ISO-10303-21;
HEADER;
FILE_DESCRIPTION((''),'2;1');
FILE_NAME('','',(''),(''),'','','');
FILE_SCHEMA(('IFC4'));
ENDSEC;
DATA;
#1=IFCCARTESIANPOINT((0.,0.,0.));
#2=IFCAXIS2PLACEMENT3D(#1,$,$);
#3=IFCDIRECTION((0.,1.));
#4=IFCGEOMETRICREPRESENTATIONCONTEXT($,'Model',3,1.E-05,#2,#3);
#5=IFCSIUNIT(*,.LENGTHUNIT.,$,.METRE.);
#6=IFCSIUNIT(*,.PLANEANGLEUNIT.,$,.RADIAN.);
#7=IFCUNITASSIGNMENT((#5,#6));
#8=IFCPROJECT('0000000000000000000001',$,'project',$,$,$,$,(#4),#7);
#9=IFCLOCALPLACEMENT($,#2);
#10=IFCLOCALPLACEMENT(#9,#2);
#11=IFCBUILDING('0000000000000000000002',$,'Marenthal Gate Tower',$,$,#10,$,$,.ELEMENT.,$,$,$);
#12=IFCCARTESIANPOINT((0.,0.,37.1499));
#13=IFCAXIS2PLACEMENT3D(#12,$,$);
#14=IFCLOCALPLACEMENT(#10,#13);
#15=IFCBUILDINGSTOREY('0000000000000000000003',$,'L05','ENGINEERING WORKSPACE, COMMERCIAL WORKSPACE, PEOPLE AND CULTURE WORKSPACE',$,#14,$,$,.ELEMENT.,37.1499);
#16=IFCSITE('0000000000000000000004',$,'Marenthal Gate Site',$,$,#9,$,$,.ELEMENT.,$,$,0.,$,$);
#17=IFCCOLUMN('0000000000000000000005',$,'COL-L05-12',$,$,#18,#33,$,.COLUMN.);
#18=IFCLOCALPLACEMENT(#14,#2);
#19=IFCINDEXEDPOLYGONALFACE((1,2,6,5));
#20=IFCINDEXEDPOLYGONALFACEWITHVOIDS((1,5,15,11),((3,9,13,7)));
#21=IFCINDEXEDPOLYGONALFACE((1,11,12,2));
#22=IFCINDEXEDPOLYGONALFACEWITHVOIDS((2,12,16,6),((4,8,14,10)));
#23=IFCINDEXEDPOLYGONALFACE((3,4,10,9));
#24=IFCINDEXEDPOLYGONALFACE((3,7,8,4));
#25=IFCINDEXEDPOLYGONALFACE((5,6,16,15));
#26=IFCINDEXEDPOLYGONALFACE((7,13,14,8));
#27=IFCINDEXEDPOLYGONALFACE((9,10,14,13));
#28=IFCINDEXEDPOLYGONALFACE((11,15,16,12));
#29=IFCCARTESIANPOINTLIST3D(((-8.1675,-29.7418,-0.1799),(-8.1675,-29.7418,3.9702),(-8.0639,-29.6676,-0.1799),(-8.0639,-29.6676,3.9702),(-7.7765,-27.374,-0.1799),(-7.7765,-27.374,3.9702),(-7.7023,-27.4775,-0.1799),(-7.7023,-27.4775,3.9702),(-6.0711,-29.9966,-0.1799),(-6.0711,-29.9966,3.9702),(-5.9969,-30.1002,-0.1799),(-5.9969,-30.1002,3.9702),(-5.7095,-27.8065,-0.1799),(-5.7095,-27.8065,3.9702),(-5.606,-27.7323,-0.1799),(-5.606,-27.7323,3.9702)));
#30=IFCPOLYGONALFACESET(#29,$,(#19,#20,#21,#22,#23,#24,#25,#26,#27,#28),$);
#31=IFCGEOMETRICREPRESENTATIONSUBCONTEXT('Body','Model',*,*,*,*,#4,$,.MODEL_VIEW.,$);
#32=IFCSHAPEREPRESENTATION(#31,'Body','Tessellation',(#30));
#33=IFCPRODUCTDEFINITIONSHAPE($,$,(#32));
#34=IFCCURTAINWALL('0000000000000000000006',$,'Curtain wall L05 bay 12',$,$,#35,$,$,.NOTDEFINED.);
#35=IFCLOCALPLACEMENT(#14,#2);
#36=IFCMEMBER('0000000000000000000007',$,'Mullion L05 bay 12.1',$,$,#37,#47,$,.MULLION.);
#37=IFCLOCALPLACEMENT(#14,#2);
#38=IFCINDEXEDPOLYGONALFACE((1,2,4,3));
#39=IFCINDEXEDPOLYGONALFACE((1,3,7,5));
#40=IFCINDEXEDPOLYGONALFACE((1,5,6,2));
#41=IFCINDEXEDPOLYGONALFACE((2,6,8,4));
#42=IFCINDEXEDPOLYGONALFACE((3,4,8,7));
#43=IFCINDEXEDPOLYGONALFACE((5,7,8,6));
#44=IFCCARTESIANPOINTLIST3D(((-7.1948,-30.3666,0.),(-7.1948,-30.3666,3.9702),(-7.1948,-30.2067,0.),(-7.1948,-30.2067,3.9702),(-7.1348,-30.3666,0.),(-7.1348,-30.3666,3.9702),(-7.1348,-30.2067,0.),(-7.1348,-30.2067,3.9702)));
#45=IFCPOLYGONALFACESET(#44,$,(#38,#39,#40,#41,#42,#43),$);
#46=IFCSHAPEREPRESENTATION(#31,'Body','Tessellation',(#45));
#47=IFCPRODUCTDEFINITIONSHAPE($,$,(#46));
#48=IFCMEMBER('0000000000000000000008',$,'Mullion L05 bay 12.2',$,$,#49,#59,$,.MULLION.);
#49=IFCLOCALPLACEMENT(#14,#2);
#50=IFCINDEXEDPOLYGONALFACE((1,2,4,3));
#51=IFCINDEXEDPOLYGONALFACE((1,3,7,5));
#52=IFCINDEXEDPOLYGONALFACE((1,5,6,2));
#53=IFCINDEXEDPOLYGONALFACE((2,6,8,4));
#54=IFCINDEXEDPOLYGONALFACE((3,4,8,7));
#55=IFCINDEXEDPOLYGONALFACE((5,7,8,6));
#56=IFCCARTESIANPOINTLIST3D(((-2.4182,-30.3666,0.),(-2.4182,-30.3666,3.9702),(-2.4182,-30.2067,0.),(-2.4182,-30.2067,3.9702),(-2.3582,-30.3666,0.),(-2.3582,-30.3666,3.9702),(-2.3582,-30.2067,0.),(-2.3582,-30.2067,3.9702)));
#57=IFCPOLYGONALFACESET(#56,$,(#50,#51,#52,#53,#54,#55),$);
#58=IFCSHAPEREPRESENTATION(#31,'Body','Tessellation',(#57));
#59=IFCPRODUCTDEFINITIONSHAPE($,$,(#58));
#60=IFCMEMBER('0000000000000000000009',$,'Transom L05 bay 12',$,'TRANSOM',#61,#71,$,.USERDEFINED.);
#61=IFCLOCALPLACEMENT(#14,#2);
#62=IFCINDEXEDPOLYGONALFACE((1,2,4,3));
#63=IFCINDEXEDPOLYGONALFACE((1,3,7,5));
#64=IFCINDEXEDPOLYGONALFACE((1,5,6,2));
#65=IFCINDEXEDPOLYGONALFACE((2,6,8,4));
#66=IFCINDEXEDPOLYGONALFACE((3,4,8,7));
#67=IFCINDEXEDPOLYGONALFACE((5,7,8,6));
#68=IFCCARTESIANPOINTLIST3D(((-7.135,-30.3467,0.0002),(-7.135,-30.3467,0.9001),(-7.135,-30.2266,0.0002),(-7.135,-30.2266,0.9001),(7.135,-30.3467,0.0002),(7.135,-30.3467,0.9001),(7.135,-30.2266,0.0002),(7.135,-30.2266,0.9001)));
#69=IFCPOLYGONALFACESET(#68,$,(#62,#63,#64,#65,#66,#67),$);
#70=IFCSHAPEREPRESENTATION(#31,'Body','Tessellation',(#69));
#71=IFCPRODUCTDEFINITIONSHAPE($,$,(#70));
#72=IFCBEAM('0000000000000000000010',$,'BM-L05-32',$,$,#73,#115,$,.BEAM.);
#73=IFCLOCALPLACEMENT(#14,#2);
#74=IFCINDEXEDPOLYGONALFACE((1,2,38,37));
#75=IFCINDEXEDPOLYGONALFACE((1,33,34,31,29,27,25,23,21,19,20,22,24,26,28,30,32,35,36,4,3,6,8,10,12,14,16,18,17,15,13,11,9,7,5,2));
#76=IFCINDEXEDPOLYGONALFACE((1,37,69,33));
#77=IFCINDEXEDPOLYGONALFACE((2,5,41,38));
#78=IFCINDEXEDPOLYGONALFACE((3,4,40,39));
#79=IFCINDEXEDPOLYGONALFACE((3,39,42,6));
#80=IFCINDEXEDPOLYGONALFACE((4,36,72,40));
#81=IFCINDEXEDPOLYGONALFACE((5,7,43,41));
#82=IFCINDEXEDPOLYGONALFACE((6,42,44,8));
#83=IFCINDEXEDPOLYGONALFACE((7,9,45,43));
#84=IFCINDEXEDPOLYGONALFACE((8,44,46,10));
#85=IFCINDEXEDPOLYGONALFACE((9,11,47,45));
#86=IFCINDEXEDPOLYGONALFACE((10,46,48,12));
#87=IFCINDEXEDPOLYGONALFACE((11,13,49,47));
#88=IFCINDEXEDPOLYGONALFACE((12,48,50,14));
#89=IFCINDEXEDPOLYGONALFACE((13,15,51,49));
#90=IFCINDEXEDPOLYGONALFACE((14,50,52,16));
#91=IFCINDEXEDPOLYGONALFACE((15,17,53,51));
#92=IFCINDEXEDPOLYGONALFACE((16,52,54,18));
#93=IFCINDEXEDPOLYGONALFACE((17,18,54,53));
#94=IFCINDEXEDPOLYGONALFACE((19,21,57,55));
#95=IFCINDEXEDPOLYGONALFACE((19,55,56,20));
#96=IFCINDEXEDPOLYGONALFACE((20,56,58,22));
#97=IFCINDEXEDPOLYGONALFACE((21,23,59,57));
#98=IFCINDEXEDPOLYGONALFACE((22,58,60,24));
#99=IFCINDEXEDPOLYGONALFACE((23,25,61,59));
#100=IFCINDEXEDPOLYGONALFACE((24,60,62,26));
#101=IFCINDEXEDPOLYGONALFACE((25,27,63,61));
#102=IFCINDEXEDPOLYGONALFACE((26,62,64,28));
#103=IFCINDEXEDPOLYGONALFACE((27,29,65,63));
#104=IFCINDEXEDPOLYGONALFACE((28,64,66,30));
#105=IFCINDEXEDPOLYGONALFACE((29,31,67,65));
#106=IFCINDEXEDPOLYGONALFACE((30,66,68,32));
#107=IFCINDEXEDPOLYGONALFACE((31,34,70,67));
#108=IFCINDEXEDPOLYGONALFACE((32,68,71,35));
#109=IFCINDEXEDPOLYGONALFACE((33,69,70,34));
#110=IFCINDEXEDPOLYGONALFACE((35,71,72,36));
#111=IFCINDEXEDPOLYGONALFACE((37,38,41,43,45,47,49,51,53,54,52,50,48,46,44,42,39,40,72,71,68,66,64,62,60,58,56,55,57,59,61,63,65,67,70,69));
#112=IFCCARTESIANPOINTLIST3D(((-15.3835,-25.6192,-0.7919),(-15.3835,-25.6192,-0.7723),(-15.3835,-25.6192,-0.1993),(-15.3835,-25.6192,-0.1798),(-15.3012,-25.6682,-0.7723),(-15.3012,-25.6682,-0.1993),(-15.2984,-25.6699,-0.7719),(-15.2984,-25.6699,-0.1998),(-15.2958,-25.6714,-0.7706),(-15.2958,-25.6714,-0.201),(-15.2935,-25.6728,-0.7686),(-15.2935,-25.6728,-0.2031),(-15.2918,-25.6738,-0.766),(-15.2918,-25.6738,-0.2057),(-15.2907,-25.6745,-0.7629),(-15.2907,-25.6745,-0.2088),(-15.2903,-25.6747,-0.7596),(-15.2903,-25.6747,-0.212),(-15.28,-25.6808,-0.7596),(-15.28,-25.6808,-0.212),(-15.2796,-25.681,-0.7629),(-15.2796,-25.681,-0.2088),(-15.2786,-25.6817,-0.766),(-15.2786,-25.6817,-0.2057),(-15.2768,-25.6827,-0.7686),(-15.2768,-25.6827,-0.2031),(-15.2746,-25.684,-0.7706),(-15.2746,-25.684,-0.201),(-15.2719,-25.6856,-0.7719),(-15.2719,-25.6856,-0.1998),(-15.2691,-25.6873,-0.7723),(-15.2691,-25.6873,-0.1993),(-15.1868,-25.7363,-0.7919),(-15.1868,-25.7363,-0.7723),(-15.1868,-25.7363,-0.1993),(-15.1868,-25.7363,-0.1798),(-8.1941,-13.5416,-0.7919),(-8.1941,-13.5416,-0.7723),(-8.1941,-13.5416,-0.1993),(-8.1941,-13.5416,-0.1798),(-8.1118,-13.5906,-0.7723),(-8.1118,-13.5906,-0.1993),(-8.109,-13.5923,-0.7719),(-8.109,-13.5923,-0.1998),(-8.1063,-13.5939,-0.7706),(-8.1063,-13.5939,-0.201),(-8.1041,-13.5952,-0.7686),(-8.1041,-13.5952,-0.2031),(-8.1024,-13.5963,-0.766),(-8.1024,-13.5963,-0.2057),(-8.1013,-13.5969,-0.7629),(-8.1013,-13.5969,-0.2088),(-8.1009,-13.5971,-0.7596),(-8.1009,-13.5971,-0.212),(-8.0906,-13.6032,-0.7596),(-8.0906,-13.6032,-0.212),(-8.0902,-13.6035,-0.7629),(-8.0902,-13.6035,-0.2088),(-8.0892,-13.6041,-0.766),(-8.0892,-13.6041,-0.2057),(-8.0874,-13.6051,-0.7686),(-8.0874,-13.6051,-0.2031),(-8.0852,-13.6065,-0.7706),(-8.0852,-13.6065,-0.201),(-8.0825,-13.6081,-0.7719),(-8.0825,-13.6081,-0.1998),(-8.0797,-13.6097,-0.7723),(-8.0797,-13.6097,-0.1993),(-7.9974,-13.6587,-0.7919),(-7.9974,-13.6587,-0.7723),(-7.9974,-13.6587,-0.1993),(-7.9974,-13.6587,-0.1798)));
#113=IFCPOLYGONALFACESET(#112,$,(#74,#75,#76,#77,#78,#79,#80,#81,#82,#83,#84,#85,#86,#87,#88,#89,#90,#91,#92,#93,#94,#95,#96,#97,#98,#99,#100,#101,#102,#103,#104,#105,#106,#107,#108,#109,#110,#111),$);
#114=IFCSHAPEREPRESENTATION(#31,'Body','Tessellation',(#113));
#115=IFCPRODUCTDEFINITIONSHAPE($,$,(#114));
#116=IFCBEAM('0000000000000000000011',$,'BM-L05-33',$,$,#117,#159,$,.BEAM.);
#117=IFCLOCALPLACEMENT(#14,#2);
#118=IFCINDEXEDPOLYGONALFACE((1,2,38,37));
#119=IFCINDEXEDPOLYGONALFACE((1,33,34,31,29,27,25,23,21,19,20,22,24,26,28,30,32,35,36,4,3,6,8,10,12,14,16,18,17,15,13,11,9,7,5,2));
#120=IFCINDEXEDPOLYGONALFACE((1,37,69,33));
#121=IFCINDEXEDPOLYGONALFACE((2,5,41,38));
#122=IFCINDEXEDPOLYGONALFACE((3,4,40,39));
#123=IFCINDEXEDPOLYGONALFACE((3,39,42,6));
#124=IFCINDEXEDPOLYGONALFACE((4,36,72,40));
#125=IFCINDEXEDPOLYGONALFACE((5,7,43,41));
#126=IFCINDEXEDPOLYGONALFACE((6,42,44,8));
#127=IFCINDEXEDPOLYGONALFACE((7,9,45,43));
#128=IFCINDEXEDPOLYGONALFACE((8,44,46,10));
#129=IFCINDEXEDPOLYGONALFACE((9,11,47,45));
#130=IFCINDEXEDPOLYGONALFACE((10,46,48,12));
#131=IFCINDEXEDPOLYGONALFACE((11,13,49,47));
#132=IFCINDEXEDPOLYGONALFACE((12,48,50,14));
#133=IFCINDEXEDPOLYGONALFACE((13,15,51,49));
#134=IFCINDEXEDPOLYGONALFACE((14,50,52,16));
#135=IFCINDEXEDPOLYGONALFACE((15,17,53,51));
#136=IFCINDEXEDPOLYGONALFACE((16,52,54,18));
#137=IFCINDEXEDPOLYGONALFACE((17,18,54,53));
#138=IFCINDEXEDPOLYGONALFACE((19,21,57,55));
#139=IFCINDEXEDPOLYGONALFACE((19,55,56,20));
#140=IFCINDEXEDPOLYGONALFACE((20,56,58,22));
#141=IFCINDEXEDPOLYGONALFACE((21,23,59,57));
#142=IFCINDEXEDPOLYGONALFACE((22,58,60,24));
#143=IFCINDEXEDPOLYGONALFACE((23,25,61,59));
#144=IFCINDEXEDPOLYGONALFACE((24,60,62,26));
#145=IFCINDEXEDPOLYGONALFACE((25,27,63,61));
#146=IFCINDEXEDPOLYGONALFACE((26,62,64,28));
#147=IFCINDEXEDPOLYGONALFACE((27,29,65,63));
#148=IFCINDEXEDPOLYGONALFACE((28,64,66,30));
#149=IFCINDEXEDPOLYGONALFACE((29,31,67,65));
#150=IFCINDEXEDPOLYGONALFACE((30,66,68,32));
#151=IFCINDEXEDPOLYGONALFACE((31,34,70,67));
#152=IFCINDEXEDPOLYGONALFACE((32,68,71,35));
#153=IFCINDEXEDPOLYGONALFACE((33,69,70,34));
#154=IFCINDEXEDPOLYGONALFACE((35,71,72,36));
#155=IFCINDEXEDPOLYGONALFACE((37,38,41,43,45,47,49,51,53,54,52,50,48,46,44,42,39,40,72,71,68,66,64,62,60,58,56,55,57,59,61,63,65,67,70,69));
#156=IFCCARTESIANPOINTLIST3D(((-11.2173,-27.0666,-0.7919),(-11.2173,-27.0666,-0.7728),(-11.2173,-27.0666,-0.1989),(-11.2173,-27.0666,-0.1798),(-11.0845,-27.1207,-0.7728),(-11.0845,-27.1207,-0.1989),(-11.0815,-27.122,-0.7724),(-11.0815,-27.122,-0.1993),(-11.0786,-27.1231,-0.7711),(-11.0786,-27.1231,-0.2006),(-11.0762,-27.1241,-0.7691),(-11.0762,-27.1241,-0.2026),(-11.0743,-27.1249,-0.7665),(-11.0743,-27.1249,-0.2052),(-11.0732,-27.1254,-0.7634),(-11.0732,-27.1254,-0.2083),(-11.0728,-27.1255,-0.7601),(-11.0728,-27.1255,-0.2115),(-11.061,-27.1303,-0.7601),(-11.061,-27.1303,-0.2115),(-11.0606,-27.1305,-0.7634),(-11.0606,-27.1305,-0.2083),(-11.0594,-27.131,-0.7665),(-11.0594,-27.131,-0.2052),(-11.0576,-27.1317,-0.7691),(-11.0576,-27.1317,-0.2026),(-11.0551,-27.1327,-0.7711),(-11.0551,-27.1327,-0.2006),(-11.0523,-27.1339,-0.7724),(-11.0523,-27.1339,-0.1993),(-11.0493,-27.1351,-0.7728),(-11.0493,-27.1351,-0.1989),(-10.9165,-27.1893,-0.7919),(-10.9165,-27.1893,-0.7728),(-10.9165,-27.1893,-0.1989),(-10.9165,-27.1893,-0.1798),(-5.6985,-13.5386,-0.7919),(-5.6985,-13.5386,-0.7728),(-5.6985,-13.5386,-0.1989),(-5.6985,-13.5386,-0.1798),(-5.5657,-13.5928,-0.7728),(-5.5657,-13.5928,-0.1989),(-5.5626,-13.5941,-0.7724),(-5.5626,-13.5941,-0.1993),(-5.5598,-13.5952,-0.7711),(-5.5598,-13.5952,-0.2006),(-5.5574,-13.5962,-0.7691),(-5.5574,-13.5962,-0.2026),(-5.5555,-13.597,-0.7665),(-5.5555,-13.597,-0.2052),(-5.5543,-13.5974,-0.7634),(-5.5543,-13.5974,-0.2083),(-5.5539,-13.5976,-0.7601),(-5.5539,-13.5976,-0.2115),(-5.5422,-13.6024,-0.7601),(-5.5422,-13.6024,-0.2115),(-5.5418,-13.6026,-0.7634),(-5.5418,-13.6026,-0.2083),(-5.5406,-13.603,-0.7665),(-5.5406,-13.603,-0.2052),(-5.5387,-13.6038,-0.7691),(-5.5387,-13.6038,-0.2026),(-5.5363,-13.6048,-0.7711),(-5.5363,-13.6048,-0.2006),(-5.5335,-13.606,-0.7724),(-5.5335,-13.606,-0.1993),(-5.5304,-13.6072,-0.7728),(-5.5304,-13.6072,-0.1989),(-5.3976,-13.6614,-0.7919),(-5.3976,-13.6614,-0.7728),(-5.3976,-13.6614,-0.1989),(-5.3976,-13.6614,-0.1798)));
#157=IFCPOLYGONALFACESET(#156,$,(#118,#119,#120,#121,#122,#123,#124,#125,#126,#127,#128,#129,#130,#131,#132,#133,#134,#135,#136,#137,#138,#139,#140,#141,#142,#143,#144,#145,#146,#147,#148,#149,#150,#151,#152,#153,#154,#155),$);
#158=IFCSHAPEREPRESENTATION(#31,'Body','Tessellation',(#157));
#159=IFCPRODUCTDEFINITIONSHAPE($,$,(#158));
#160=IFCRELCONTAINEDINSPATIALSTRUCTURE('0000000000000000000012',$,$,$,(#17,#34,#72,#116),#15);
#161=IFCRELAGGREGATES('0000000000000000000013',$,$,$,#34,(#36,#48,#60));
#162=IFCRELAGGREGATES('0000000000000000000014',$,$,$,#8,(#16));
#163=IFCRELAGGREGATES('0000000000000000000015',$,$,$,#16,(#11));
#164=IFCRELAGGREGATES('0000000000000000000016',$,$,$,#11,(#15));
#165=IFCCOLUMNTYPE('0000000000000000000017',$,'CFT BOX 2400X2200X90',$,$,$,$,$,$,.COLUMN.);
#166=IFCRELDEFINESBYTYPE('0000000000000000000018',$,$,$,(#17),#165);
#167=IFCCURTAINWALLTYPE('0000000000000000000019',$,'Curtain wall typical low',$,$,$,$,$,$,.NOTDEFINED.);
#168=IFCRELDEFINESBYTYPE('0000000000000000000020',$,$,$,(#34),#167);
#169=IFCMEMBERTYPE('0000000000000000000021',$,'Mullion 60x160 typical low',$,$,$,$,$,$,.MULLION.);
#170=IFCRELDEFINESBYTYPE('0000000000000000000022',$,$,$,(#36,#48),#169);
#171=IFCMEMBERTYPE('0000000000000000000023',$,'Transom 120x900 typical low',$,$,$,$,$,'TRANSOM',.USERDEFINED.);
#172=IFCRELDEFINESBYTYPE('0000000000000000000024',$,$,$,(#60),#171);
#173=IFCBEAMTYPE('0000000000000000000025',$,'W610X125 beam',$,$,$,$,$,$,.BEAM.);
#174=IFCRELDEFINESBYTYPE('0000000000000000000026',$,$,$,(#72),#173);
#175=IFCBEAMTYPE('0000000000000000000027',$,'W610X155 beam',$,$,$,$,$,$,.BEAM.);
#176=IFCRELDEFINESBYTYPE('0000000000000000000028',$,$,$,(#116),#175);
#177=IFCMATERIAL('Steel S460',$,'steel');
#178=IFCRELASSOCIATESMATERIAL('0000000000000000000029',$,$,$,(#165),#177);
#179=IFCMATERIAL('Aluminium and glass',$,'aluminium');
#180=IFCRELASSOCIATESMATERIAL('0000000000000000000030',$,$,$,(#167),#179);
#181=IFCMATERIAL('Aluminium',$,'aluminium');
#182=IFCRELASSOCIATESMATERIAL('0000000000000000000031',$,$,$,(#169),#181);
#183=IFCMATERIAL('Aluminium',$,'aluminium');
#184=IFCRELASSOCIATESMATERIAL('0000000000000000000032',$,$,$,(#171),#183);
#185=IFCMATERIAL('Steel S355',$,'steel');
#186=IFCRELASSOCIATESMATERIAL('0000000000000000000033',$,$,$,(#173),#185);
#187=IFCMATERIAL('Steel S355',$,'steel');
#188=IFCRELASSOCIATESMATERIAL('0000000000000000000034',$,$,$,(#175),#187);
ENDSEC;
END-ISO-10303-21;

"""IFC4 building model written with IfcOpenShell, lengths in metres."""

from ifc_helpers import new_model, si_unit, direction, frame, origin, origin_2d, place, context, subcontext, project, spatial, rectangle, hollow_rectangle, i_section, extrude, material, material_profile, profile_set, type_object, element, aggregate, save


model = new_model("IFC4")

# Units and contexts
model_context = context("Model", 3, precision=1e-05, world=origin(), true_north=direction((0.0, 1.0)))
body_context = subcontext(model_context, "Body", "Model", "MODEL_VIEW")
ifc_project = project(units=[si_unit("LENGTHUNIT", "METRE"), si_unit("PLANEANGLEUNIT", "RADIAN")], contexts=[model_context])

# Site, building, storey
site_placement = place(None, origin())
site = spatial("IfcSite", under=ifc_project, at=site_placement, Name="Marenthal Gate Site", CompositionType="ELEMENT", RefElevation=0.0)
building_placement = place(site_placement, origin())
building = spatial("IfcBuilding", under=site, at=building_placement, Name="Marenthal Gate Tower", CompositionType="ELEMENT")
storey_placement = place(building_placement, frame((0.0, 0.0, 37.1499)))
storey = spatial("IfcBuildingStorey", under=building, at=storey_placement, Name="L05", Description="ENGINEERING WORKSPACE, COMMERCIAL WORKSPACE, PEOPLE AND CULTURE WORKSPACE", CompositionType="ELEMENT", Elevation=37.1499)

# Column
ifc_material_1 = material(Name="Steel S460", Category="steel")
ifc_material_profile_1 = material_profile(ifc_material_1, hollow_rectangle(XDim=2.2, YDim=2.3999, WallThickness=0.0901, at=origin_2d()), Name="CFT BOX 2400X2200X90")
ifc_material_2 = material(Name="Concrete 70 MPa", Category="concrete")
ifc_material_profile_2 = material_profile(ifc_material_2, rectangle(XDim=2.02, YDim=2.22, at=origin_2d()), Name="CFT BOX 2400X2200X90 INFILL")
ifc_profile_set_1 = profile_set([ifc_material_profile_1, ifc_material_profile_2], Name="Steel S460 shell, Concrete 70 MPa infill")
column_type = type_object("IfcColumnType", Name="CFT BOX 2400X2200X90", PredefinedType="COLUMN", material=ifc_profile_set_1)
column_placement = place(storey_placement, frame((-6.8867, -28.7371, -0.1799), z_axis=(0.0, 0.0, 1.0), x_axis=(-0.986643, 0.162897, 0.0)))
element("IfcColumn", 1, at=column_placement, inside=storey, type_object=column_type, Name="COL-L05-12", PredefinedType="COLUMN", context=body_context, shape_type="SweptSolid", body=[
    extrude(hollow_rectangle(XDim=2.2, YDim=2.3999, WallThickness=0.0901, at=origin_2d()), origin(), (0.0, 0.0, 1.0), 4.1501),
])

# Curtain wall, members
ifc_material_3 = material(Name="Aluminium and glass", Category="aluminium")
curtain_wall_type = type_object("IfcCurtainWallType", Name="Curtain wall typical low", PredefinedType="NOTDEFINED", material=ifc_material_3)
curtain_wall_placement = place(storey_placement, origin())
curtain_wall = element("IfcCurtainWall", 2, at=curtain_wall_placement, inside=storey, type_object=curtain_wall_type, Name="Curtain wall L05 bay 12", PredefinedType="NOTDEFINED")
ifc_material_4 = material(Name="Aluminium", Category="aluminium")
ifc_material_profile_3 = material_profile(ifc_material_4, rectangle(XDim=0.1599, YDim=0.0601, at=origin_2d()), Name="60x160 aluminium mullion")
ifc_profile_set_2 = profile_set([ifc_material_profile_3], Name="Aluminium")
member_type_1 = type_object("IfcMemberType", Name="Mullion 60x160 typical low", PredefinedType="MULLION", material=ifc_profile_set_2)
member_1_placement = place(storey_placement, frame((-7.1648, -30.2866, 0.0), z_axis=(0.0, 0.0, 1.0), x_axis=(0.0, 1.0, 0.0)))
member_1 = element("IfcMember", 3, at=member_1_placement, type_object=member_type_1, Name="Mullion L05 bay 12.1", PredefinedType="MULLION", context=body_context, shape_type="SweptSolid", body=[
    extrude(rectangle(XDim=0.1599, YDim=0.0601, at=origin_2d()), origin(), (0.0, 0.0, 1.0), 3.9702),
])
member_2_placement = place(storey_placement, frame((-2.3882, -30.2866, 0.0), z_axis=(0.0, 0.0, 1.0), x_axis=(0.0, 1.0, 0.0)))
member_2 = element("IfcMember", 4, at=member_2_placement, type_object=member_type_1, Name="Mullion L05 bay 12.2", PredefinedType="MULLION", context=body_context, shape_type="SweptSolid", body=[
    extrude(rectangle(XDim=0.1599, YDim=0.0601, at=origin_2d()), origin(), (0.0, 0.0, 1.0), 3.9702),
])
ifc_material_5 = material(Name="Aluminium", Category="aluminium")
ifc_material_profile_4 = material_profile(ifc_material_5, rectangle(XDim=0.1201, YDim=0.8999, at=origin_2d()), Name="120x900 aluminium transom")
ifc_profile_set_3 = profile_set([ifc_material_profile_4], Name="Aluminium")
member_type_2 = type_object("IfcMemberType", Name="Transom 120x900 typical low", ElementType="TRANSOM", PredefinedType="USERDEFINED", material=ifc_profile_set_3)
member_3_placement = place(storey_placement, frame((-7.135, -30.2866, 0.4502), z_axis=(1.0, 0.0, 0.0), x_axis=(0.0, 1.0, 0.0)))
member_3 = element("IfcMember", 5, at=member_3_placement, type_object=member_type_2, Name="Transom L05 bay 12", ObjectType="TRANSOM", PredefinedType="USERDEFINED", context=body_context, shape_type="SweptSolid", body=[
    extrude(rectangle(XDim=0.1201, YDim=0.8999, at=origin_2d()), origin(), (0.0, 0.0, 1.0), 14.27),
])

# Beams
ifc_material_6 = material(Name="Steel S355", Category="steel")
ifc_material_profile_5 = material_profile(ifc_material_6, i_section(OverallWidth=0.229, OverallDepth=0.6121, WebThickness=0.012, FlangeThickness=0.0195, FilletRadius=0.0127, at=origin_2d()), Name="W610X125")
ifc_profile_set_4 = profile_set([ifc_material_profile_5], Name="Steel S355")
beam_type_1 = type_object("IfcBeamType", Name="W610X125 beam", PredefinedType="BEAM", material=ifc_profile_set_4)
beam_1_placement = place(storey_placement, frame((-15.2852, -25.6777, -0.4858), z_axis=(0.511504, 0.859281, 0.0), x_axis=(-0.859281, 0.511504, 0.0)))
element("IfcBeam", 6, at=beam_1_placement, inside=storey, type_object=beam_type_1, Name="BM-L05-32", PredefinedType="BEAM", context=body_context, shape_type="SweptSolid", body=[
    extrude(i_section(OverallWidth=0.229, OverallDepth=0.6121, WebThickness=0.012, FlangeThickness=0.0195, FilletRadius=0.0127, at=origin_2d()), origin(), (0.0, 0.0, 1.0), 14.0554),
])
ifc_material_7 = material(Name="Steel S355", Category="steel")
ifc_material_profile_6 = material_profile(ifc_material_7, i_section(OverallWidth=0.325, OverallDepth=0.6121, WebThickness=0.0127, FlangeThickness=0.019, FilletRadius=0.0127, at=origin_2d()), Name="W610X155")
ifc_profile_set_5 = profile_set([ifc_material_profile_6], Name="Steel S355")
beam_type_2 = type_object("IfcBeamType", Name="W610X155 beam", PredefinedType="BEAM", material=ifc_profile_set_5)
beam_2_placement = place(storey_placement, frame((-11.0669, -27.1279, -0.4858), z_axis=(0.377735, 0.925914, 0.0), x_axis=(-0.925914, 0.377735, 0.0)))
element("IfcBeam", 7, at=beam_2_placement, inside=storey, type_object=beam_type_2, Name="BM-L05-33", PredefinedType="BEAM", context=body_context, shape_type="SweptSolid", body=[
    extrude(i_section(OverallWidth=0.325, OverallDepth=0.6121, WebThickness=0.0127, FlangeThickness=0.019, FilletRadius=0.0127, at=origin_2d()), origin(), (0.0, 0.0, 1.0), 14.6104),
])

aggregate(curtain_wall, [member_1, member_2, member_3])

save(model, "model.ifc")
